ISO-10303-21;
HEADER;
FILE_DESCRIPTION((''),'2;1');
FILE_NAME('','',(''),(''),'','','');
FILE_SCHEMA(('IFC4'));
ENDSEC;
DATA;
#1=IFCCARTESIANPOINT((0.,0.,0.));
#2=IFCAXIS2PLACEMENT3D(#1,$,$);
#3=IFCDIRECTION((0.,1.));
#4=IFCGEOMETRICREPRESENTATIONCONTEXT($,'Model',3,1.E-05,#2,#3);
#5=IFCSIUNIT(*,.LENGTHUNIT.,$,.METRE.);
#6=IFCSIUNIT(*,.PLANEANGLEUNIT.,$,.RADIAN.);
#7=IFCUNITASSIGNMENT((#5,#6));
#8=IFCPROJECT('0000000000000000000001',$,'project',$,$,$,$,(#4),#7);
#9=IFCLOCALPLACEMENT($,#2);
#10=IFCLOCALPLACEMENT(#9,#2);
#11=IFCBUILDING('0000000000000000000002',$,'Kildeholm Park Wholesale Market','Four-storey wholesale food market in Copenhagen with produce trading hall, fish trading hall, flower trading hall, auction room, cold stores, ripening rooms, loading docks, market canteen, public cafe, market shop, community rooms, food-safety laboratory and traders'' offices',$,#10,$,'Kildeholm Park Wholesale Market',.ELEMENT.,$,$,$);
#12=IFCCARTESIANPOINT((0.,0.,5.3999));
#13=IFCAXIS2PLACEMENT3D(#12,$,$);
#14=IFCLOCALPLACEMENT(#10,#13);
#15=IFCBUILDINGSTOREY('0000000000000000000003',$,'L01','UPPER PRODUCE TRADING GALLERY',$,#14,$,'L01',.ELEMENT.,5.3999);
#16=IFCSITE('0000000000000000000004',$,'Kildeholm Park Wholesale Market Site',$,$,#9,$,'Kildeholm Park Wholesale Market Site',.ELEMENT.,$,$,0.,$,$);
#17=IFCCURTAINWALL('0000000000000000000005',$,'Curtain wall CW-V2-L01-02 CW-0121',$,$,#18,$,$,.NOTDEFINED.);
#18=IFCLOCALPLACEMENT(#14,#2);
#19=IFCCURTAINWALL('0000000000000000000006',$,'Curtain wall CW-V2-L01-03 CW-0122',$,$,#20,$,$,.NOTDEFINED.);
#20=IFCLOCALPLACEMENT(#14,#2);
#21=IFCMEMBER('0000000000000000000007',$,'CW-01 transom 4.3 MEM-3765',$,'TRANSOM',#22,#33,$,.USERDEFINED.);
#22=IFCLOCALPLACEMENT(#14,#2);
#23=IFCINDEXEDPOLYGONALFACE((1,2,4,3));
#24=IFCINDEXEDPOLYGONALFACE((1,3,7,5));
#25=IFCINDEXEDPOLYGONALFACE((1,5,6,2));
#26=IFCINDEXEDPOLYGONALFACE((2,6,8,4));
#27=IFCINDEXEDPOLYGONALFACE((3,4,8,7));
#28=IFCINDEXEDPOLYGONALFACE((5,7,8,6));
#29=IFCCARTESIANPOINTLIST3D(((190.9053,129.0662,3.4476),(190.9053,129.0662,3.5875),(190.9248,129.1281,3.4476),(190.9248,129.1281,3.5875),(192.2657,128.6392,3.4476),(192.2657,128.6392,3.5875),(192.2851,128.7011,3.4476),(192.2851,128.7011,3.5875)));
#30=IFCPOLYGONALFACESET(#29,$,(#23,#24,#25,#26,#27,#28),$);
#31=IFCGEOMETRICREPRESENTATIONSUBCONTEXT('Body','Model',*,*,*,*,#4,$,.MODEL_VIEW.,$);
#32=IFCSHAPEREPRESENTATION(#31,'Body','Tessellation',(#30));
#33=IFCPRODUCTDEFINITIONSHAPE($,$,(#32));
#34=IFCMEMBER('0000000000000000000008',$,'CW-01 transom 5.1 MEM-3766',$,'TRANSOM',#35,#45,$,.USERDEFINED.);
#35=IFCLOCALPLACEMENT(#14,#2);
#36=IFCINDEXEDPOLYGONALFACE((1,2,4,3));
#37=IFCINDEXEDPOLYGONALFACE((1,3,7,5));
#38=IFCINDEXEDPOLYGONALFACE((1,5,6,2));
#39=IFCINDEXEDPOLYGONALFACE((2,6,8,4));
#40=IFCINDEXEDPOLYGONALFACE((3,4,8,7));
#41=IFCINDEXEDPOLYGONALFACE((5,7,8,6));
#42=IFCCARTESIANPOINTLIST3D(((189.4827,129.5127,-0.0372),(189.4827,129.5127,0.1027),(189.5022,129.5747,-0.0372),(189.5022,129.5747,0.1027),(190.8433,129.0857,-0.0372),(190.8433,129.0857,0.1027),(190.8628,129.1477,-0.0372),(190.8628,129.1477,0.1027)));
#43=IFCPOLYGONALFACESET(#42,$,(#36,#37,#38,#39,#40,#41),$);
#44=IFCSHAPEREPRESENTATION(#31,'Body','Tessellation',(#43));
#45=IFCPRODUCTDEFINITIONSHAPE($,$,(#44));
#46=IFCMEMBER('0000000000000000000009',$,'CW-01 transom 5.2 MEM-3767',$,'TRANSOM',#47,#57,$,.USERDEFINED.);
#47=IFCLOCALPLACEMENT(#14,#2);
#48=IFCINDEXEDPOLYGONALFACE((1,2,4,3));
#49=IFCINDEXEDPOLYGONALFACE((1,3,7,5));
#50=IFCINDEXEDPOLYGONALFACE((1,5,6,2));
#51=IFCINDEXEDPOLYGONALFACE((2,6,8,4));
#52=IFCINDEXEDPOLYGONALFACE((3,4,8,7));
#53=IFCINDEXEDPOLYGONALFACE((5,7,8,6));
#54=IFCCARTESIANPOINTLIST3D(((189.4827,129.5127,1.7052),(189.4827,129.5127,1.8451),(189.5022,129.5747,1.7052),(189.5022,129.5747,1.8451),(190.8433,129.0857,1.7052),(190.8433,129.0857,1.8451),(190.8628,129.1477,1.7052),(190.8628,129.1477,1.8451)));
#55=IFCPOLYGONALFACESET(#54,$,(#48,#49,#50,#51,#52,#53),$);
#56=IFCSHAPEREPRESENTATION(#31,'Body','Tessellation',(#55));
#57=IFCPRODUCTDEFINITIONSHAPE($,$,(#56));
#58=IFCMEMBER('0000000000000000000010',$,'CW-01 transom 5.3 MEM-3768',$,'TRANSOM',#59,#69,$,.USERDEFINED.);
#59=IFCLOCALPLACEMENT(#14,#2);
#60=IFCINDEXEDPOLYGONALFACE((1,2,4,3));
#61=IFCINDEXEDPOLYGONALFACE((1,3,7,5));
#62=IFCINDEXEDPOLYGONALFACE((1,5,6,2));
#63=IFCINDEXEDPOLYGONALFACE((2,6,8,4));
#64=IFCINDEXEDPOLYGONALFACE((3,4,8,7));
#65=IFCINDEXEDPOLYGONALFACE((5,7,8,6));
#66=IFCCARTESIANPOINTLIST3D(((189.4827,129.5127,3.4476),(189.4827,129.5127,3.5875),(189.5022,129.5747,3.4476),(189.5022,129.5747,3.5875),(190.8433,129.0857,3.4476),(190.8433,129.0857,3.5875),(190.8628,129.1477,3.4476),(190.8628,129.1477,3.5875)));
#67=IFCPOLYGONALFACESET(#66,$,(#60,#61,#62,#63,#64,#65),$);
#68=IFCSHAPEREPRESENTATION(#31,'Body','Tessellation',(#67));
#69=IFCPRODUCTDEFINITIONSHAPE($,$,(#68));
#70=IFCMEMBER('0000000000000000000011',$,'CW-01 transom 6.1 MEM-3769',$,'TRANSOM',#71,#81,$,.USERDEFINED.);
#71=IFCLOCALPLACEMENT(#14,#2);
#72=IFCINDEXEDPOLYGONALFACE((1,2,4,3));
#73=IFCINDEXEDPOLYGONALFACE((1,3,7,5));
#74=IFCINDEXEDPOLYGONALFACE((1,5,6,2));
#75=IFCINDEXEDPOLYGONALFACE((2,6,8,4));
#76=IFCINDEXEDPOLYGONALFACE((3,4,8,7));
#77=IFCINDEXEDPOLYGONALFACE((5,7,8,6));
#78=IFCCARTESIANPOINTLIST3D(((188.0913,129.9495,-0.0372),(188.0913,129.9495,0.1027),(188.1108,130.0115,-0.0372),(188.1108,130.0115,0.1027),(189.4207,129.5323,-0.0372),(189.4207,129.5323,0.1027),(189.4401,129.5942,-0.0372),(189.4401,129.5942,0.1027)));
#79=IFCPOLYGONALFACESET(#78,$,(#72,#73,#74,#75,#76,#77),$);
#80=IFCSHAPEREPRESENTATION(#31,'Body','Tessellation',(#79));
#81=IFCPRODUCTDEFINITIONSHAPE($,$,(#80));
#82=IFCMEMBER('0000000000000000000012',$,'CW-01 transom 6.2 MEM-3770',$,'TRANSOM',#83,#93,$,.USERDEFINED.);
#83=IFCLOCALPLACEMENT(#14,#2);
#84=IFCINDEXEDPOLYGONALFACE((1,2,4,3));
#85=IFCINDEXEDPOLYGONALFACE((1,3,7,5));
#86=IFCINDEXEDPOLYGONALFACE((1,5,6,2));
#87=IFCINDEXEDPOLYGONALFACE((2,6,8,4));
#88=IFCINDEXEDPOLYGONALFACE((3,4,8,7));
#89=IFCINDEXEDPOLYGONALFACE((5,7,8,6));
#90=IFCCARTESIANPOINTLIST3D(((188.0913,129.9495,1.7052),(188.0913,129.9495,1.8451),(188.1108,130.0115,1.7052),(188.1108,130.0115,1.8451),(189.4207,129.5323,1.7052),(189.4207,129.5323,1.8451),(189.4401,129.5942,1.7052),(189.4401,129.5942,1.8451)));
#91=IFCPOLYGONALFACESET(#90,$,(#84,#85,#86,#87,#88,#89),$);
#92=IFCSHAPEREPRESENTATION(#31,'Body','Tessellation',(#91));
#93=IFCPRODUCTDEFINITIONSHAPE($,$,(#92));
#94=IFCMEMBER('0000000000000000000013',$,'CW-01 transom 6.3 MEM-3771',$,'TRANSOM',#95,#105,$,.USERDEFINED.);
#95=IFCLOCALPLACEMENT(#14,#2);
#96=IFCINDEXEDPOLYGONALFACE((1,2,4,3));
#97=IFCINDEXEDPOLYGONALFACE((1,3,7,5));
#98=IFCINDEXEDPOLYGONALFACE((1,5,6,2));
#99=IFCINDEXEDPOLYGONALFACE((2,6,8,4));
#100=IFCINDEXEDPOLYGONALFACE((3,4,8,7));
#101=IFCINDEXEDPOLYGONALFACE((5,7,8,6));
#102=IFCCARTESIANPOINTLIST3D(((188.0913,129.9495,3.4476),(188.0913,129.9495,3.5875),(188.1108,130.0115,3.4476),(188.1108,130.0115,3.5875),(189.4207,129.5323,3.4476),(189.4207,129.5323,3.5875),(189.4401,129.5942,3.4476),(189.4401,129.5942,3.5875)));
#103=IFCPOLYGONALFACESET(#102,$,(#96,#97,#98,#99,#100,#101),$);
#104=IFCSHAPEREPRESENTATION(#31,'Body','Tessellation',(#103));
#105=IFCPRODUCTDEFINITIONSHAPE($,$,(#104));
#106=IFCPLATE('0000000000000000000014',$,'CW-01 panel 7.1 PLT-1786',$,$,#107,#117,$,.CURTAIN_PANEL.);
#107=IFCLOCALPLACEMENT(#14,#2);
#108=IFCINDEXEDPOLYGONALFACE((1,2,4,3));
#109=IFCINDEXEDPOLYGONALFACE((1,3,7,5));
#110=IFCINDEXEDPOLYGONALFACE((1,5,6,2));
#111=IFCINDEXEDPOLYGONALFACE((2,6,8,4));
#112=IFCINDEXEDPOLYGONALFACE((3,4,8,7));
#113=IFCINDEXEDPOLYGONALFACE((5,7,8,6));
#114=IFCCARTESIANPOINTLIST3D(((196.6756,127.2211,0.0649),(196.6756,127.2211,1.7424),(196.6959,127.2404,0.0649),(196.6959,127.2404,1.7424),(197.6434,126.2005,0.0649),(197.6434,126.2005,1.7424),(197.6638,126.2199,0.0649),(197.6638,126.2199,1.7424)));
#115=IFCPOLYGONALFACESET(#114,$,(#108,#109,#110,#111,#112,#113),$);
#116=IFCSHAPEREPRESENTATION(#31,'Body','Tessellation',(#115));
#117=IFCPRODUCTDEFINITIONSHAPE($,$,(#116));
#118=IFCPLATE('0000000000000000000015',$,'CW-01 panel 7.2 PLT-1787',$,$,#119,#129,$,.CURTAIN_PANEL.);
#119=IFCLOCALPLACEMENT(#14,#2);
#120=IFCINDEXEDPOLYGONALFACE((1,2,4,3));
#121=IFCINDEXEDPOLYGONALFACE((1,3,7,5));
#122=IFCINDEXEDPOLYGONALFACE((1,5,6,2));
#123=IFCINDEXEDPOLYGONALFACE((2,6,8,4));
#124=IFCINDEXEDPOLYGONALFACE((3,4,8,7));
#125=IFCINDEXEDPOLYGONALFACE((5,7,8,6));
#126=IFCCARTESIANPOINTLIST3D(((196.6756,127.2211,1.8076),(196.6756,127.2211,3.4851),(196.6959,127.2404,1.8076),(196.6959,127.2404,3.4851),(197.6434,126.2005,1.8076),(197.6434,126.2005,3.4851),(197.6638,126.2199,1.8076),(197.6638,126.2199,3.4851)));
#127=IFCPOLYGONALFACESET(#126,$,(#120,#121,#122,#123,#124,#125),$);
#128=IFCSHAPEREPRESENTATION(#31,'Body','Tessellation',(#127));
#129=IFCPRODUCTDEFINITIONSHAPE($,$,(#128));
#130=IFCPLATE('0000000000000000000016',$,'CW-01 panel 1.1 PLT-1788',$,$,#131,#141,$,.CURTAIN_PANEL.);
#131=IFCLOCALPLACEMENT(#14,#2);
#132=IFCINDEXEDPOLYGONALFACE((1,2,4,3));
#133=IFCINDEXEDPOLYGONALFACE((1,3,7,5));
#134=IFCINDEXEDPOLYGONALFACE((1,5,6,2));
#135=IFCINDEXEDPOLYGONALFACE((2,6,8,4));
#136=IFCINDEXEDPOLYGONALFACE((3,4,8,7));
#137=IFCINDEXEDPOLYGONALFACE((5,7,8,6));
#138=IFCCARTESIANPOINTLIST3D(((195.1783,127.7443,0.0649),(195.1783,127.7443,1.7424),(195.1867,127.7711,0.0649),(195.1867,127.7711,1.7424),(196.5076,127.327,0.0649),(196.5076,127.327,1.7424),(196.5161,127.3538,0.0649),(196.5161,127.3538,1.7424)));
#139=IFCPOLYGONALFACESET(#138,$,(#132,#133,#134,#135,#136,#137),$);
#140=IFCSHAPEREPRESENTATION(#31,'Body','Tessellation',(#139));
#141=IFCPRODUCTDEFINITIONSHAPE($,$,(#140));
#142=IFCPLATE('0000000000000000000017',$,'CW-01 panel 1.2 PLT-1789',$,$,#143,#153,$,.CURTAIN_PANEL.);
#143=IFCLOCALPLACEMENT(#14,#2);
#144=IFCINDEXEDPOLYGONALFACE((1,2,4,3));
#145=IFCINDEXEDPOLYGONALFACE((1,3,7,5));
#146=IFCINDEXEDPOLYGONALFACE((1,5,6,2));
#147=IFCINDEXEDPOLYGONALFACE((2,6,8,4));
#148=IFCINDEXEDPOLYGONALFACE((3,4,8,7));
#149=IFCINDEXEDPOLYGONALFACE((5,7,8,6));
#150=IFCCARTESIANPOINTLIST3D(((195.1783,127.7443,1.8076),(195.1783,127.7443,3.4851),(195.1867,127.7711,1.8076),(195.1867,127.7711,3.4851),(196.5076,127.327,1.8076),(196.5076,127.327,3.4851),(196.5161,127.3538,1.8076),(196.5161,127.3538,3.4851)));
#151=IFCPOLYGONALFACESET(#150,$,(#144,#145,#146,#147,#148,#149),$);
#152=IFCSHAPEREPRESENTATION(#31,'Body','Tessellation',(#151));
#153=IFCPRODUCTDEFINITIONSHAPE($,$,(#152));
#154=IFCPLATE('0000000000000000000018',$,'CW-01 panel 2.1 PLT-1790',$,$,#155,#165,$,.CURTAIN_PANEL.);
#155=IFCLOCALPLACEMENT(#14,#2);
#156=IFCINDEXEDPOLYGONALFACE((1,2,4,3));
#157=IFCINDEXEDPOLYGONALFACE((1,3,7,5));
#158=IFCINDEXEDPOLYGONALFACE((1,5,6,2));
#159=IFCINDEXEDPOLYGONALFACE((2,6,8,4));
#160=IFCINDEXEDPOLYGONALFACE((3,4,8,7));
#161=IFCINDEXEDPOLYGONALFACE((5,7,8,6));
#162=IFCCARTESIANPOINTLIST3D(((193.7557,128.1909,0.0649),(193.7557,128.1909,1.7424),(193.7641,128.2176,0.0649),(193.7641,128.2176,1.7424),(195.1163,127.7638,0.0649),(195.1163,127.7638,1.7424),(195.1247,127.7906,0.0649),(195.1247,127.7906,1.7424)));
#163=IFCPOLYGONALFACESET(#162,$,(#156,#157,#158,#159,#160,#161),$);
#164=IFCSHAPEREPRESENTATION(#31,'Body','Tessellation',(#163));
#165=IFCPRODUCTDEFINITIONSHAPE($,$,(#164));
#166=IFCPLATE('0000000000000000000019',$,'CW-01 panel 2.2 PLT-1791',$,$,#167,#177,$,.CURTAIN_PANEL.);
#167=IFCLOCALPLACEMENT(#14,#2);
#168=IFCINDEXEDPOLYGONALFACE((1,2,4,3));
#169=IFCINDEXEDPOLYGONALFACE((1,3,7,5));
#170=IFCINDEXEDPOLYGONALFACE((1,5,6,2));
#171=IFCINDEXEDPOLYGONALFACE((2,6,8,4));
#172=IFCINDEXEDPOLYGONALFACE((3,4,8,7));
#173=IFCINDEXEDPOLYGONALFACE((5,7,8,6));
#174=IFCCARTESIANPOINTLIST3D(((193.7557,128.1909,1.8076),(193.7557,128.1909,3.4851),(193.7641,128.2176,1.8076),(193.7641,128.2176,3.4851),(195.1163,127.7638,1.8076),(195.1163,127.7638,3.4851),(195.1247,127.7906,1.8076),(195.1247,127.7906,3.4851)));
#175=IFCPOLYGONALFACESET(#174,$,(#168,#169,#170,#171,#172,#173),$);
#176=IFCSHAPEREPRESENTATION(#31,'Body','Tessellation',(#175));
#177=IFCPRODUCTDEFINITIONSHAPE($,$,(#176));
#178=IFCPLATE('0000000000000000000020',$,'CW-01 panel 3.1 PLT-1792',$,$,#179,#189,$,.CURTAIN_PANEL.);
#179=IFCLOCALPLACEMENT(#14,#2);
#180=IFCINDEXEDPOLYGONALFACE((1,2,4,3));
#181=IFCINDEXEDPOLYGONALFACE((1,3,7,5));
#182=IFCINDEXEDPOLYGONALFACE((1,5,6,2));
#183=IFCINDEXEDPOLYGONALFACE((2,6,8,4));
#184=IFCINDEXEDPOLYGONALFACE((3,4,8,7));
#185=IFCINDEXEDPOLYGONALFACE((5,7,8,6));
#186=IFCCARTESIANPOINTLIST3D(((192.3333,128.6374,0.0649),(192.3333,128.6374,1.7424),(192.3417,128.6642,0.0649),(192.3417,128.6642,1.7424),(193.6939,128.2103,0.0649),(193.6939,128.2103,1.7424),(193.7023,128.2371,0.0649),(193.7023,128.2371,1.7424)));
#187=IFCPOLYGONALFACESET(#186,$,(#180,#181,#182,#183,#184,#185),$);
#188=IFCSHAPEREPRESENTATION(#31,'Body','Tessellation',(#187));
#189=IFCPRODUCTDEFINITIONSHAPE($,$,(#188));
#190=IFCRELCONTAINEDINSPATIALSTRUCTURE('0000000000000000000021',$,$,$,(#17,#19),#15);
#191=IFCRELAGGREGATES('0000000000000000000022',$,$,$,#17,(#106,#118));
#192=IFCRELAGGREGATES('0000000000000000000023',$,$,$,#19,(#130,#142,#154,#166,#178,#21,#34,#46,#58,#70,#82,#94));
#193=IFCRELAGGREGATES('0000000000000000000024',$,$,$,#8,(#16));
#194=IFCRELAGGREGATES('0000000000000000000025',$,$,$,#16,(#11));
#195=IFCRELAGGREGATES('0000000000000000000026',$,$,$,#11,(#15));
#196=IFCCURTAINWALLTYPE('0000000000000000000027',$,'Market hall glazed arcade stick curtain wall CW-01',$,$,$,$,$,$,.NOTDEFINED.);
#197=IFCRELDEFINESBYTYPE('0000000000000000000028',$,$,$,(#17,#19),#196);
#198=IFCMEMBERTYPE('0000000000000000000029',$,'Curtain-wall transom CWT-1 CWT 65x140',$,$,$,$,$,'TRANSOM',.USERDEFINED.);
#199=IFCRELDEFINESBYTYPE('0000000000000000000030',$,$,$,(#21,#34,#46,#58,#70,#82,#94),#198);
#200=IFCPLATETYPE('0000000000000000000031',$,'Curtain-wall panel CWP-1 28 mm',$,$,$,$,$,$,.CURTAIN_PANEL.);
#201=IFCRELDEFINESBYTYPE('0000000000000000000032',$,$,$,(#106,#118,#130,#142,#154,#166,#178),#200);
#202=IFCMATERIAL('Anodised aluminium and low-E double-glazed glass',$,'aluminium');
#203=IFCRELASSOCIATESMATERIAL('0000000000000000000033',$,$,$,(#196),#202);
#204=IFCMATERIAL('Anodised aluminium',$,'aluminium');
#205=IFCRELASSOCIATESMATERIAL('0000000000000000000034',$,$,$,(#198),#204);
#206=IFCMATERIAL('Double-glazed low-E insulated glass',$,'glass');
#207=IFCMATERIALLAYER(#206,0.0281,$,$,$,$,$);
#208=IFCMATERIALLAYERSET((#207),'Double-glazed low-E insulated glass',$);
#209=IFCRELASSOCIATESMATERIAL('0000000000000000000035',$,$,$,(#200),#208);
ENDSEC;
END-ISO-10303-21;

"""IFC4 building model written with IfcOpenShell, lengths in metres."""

from ifc_helpers import new_model, si_unit, direction, frame, origin, origin_2d, place, context, subcontext, project, spatial, rectangle, extrude, material, layer, layer_set, material_profile, profile_set, type_object, element, aggregate, save


model = new_model("IFC4")

# Units and contexts
model_context = context("Model", 3, precision=1e-05, world=origin(), true_north=direction((0.0, 1.0)))
body_context = subcontext(model_context, "Body", "Model", "MODEL_VIEW")
ifc_project = project(units=[si_unit("LENGTHUNIT", "METRE"), si_unit("PLANEANGLEUNIT", "RADIAN")], contexts=[model_context])

# Site, building, storey
site_placement = place(None, origin())
site = spatial("IfcSite", under=ifc_project, at=site_placement, Name="Kildeholm Park Wholesale Market Site", LongName="Kildeholm Park Wholesale Market Site", CompositionType="ELEMENT", RefElevation=0.0)
building_placement = place(site_placement, origin())
building = spatial("IfcBuilding", under=site, at=building_placement, Name="Kildeholm Park Wholesale Market", Description="Four-storey wholesale food market in Copenhagen with produce trading hall, fish trading hall, flower trading hall, auction room, cold stores, ripening rooms, loading docks, market canteen, public cafe, market shop, community rooms, food-safety laboratory and traders' offices", LongName="Kildeholm Park Wholesale Market", CompositionType="ELEMENT")
storey_placement = place(building_placement, frame((0.0, 0.0, 5.3999)))
storey = spatial("IfcBuildingStorey", under=building, at=storey_placement, Name="L01", Description="UPPER PRODUCE TRADING GALLERY", LongName="L01", CompositionType="ELEMENT", Elevation=5.3999)

# Curtain wall
ifc_material_1 = material(Name="Anodised aluminium and low-E double-glazed glass", Category="aluminium")
curtain_wall_type = type_object("IfcCurtainWallType", Name="Market hall glazed arcade stick curtain wall CW-01", PredefinedType="NOTDEFINED", material=ifc_material_1)
curtain_wall_1_placement = place(storey_placement, origin())
curtain_wall_1 = element("IfcCurtainWall", 1, at=curtain_wall_1_placement, inside=storey, type_object=curtain_wall_type, Name="Curtain wall CW-V2-L01-02 CW-0121", PredefinedType="NOTDEFINED")
ifc_material_2 = material(Name="Anodised aluminium", Category="aluminium")

# Curtain wall
curtain_wall_2_placement = place(storey_placement, origin())
curtain_wall_2 = element("IfcCurtainWall", 2, at=curtain_wall_2_placement, inside=storey, type_object=curtain_wall_type, Name="Curtain wall CW-V2-L01-03 CW-0122", PredefinedType="NOTDEFINED")

# Members
ifc_material_profile_1 = material_profile(ifc_material_2, rectangle(XDim=0.0649, YDim=0.1399, at=origin_2d()), Name="CWT 65x140")
ifc_profile_set_1 = profile_set([ifc_material_profile_1], Name="Anodised aluminium")
member_type_1 = type_object("IfcMemberType", Name="Curtain-wall transom CWT-1 CWT 65x140", ElementType="TRANSOM", PredefinedType="USERDEFINED", material=ifc_profile_set_1)
member_1_placement = place(storey_placement, frame((192.2754, 128.6702, 3.5176), z_axis=(-0.954101, 0.299484, 0.0), x_axis=(-0.299484, -0.954101, 0.0)))
member_1 = element("IfcMember", 3, at=member_1_placement, type_object=member_type_1, Name="CW-01 transom 4.3 MEM-3765", ObjectType="TRANSOM", PredefinedType="USERDEFINED", context=body_context, shape_type="SweptSolid", body=[
    extrude(rectangle(XDim=0.0649, YDim=0.1399, at=origin_2d()), origin(), (0.0, 0.0, 1.0), 1.4258),
])
member_2_placement = place(storey_placement, frame((190.853, 129.1167, 0.0327), z_axis=(-0.954117, 0.299435, 0.0), x_axis=(-0.299435, -0.954117, 0.0)))
member_2 = element("IfcMember", 4, at=member_2_placement, type_object=member_type_1, Name="CW-01 transom 5.1 MEM-3766", ObjectType="TRANSOM", PredefinedType="USERDEFINED", context=body_context, shape_type="SweptSolid", body=[
    extrude(rectangle(XDim=0.0649, YDim=0.1399, at=origin_2d()), origin(), (0.0, 0.0, 1.0), 1.426),
])
member_3_placement = place(storey_placement, frame((190.853, 129.1167, 1.7751), z_axis=(-0.954117, 0.299435, 0.0), x_axis=(-0.299435, -0.954117, 0.0)))
member_3 = element("IfcMember", 5, at=member_3_placement, type_object=member_type_1, Name="CW-01 transom 5.2 MEM-3767", ObjectType="TRANSOM", PredefinedType="USERDEFINED", context=body_context, shape_type="SweptSolid", body=[
    extrude(rectangle(XDim=0.0649, YDim=0.1399, at=origin_2d()), origin(), (0.0, 0.0, 1.0), 1.426),
])
member_4_placement = place(storey_placement, frame((190.853, 129.1167, 3.5176), z_axis=(-0.954117, 0.299435, 0.0), x_axis=(-0.299435, -0.954117, 0.0)))
member_4 = element("IfcMember", 6, at=member_4_placement, type_object=member_type_1, Name="CW-01 transom 5.3 MEM-3768", ObjectType="TRANSOM", PredefinedType="USERDEFINED", context=body_context, shape_type="SweptSolid", body=[
    extrude(rectangle(XDim=0.0649, YDim=0.1399, at=origin_2d()), origin(), (0.0, 0.0, 1.0), 1.426),
])
member_5_placement = place(storey_placement, frame((189.4304, 129.5632, 0.0327), z_axis=(-0.954108, 0.299462, 0.0), x_axis=(-0.299462, -0.954108, 0.0)))
member_5 = element("IfcMember", 7, at=member_5_placement, type_object=member_type_1, Name="CW-01 transom 6.1 MEM-3769", ObjectType="TRANSOM", PredefinedType="USERDEFINED", context=body_context, shape_type="SweptSolid", body=[
    extrude(rectangle(XDim=0.0649, YDim=0.1399, at=origin_2d()), origin(), (0.0, 0.0, 1.0), 1.3933),
])
member_6_placement = place(storey_placement, frame((189.4304, 129.5632, 1.7751), z_axis=(-0.954108, 0.299462, 0.0), x_axis=(-0.299462, -0.954108, 0.0)))
member_6 = element("IfcMember", 8, at=member_6_placement, type_object=member_type_1, Name="CW-01 transom 6.2 MEM-3770", ObjectType="TRANSOM", PredefinedType="USERDEFINED", context=body_context, shape_type="SweptSolid", body=[
    extrude(rectangle(XDim=0.0649, YDim=0.1399, at=origin_2d()), origin(), (0.0, 0.0, 1.0), 1.3933),
])
member_7_placement = place(storey_placement, frame((189.4304, 129.5632, 3.5176), z_axis=(-0.954108, 0.299462, 0.0), x_axis=(-0.299462, -0.954108, 0.0)))
member_7 = element("IfcMember", 9, at=member_7_placement, type_object=member_type_1, Name="CW-01 transom 6.3 MEM-3771", ObjectType="TRANSOM", PredefinedType="USERDEFINED", context=body_context, shape_type="SweptSolid", body=[
    extrude(rectangle(XDim=0.0649, YDim=0.1399, at=origin_2d()), origin(), (0.0, 0.0, 1.0), 1.3933),
])

# Plates
ifc_material_3 = material(Name="Double-glazed low-E insulated glass", Category="glass")
ifc_layer = layer(ifc_material_3, 0.0281)
ifc_layer_set = layer_set([ifc_layer], Name="Double-glazed low-E insulated glass")
plate_type = type_object("IfcPlateType", Name="Curtain-wall panel CWP-1 28 mm", PredefinedType="CURTAIN_PANEL", material=ifc_layer_set)
plate_1_placement = place(storey_placement, frame((197.1697, 126.7205, 0.0649), z_axis=(0.0, 0.0, 1.0), x_axis=(-0.688148, 0.725571, 0.0)))
plate_1 = element("IfcPlate", 10, at=plate_1_placement, type_object=plate_type, Name="CW-01 panel 7.1 PLT-1786", PredefinedType="CURTAIN_PANEL", context=body_context, shape_type="SweptSolid", body=[
    extrude(rectangle(XDim=1.4065, YDim=0.0281, at=origin_2d()), origin(), (0.0, 0.0, 1.0), 1.6775),
])
plate_2_placement = place(storey_placement, frame((197.1697, 126.7205, 1.8076), z_axis=(0.0, 0.0, 1.0), x_axis=(-0.688148, 0.725571, 0.0)))
plate_2 = element("IfcPlate", 11, at=plate_2_placement, type_object=plate_type, Name="CW-01 panel 7.2 PLT-1787", PredefinedType="CURTAIN_PANEL", context=body_context, shape_type="SweptSolid", body=[
    extrude(rectangle(XDim=1.4065, YDim=0.0281, at=origin_2d()), origin(), (0.0, 0.0, 1.0), 1.6775),
])
aggregate(curtain_wall_1, [plate_1, plate_2])
plate_3_placement = place(storey_placement, frame((195.8472, 127.5491, 0.0649), z_axis=(0.0, 0.0, 1.0), x_axis=(-0.954103, 0.299478, 0.0)))
plate_3 = element("IfcPlate", 12, at=plate_3_placement, type_object=plate_type, Name="CW-01 panel 1.1 PLT-1788", PredefinedType="CURTAIN_PANEL", context=body_context, shape_type="SweptSolid", body=[
    extrude(rectangle(XDim=1.3933, YDim=0.0281, at=origin_2d()), origin(), (0.0, 0.0, 1.0), 1.6775),
])
plate_4_placement = place(storey_placement, frame((195.8472, 127.5491, 1.8076), z_axis=(0.0, 0.0, 1.0), x_axis=(-0.954103, 0.299478, 0.0)))
plate_4 = element("IfcPlate", 13, at=plate_4_placement, type_object=plate_type, Name="CW-01 panel 1.2 PLT-1789", PredefinedType="CURTAIN_PANEL", context=body_context, shape_type="SweptSolid", body=[
    extrude(rectangle(XDim=1.3933, YDim=0.0281, at=origin_2d()), origin(), (0.0, 0.0, 1.0), 1.6775),
])
plate_5_placement = place(storey_placement, frame((194.4402, 127.9907, 0.0649), z_axis=(0.0, 0.0, 1.0), x_axis=(-0.954103, 0.299478, 0.0)))
plate_5 = element("IfcPlate", 14, at=plate_5_placement, type_object=plate_type, Name="CW-01 panel 2.1 PLT-1790", PredefinedType="CURTAIN_PANEL", context=body_context, shape_type="SweptSolid", body=[
    extrude(rectangle(XDim=1.426, YDim=0.0281, at=origin_2d()), origin(), (0.0, 0.0, 1.0), 1.6775),
])
plate_6_placement = place(storey_placement, frame((194.4402, 127.9907, 1.8076), z_axis=(0.0, 0.0, 1.0), x_axis=(-0.954103, 0.299478, 0.0)))
plate_6 = element("IfcPlate", 15, at=plate_6_placement, type_object=plate_type, Name="CW-01 panel 2.2 PLT-1791", PredefinedType="CURTAIN_PANEL", context=body_context, shape_type="SweptSolid", body=[
    extrude(rectangle(XDim=1.426, YDim=0.0281, at=origin_2d()), origin(), (0.0, 0.0, 1.0), 1.6775),
])
plate_7_placement = place(storey_placement, frame((193.0178, 128.4373, 0.0649), z_axis=(0.0, 0.0, 1.0), x_axis=(-0.954103, 0.299478, 0.0)))
plate_7 = element("IfcPlate", 16, at=plate_7_placement, type_object=plate_type, Name="CW-01 panel 3.1 PLT-1792", PredefinedType="CURTAIN_PANEL", context=body_context, shape_type="SweptSolid", body=[
    extrude(rectangle(XDim=1.426, YDim=0.0281, at=origin_2d()), origin(), (0.0, 0.0, 1.0), 1.6775),
])
aggregate(curtain_wall_2, [plate_3, plate_4, plate_5, plate_6, plate_7, member_1, member_2, member_3, member_4, member_5, member_6, member_7])

save(model, "model.ifc")
